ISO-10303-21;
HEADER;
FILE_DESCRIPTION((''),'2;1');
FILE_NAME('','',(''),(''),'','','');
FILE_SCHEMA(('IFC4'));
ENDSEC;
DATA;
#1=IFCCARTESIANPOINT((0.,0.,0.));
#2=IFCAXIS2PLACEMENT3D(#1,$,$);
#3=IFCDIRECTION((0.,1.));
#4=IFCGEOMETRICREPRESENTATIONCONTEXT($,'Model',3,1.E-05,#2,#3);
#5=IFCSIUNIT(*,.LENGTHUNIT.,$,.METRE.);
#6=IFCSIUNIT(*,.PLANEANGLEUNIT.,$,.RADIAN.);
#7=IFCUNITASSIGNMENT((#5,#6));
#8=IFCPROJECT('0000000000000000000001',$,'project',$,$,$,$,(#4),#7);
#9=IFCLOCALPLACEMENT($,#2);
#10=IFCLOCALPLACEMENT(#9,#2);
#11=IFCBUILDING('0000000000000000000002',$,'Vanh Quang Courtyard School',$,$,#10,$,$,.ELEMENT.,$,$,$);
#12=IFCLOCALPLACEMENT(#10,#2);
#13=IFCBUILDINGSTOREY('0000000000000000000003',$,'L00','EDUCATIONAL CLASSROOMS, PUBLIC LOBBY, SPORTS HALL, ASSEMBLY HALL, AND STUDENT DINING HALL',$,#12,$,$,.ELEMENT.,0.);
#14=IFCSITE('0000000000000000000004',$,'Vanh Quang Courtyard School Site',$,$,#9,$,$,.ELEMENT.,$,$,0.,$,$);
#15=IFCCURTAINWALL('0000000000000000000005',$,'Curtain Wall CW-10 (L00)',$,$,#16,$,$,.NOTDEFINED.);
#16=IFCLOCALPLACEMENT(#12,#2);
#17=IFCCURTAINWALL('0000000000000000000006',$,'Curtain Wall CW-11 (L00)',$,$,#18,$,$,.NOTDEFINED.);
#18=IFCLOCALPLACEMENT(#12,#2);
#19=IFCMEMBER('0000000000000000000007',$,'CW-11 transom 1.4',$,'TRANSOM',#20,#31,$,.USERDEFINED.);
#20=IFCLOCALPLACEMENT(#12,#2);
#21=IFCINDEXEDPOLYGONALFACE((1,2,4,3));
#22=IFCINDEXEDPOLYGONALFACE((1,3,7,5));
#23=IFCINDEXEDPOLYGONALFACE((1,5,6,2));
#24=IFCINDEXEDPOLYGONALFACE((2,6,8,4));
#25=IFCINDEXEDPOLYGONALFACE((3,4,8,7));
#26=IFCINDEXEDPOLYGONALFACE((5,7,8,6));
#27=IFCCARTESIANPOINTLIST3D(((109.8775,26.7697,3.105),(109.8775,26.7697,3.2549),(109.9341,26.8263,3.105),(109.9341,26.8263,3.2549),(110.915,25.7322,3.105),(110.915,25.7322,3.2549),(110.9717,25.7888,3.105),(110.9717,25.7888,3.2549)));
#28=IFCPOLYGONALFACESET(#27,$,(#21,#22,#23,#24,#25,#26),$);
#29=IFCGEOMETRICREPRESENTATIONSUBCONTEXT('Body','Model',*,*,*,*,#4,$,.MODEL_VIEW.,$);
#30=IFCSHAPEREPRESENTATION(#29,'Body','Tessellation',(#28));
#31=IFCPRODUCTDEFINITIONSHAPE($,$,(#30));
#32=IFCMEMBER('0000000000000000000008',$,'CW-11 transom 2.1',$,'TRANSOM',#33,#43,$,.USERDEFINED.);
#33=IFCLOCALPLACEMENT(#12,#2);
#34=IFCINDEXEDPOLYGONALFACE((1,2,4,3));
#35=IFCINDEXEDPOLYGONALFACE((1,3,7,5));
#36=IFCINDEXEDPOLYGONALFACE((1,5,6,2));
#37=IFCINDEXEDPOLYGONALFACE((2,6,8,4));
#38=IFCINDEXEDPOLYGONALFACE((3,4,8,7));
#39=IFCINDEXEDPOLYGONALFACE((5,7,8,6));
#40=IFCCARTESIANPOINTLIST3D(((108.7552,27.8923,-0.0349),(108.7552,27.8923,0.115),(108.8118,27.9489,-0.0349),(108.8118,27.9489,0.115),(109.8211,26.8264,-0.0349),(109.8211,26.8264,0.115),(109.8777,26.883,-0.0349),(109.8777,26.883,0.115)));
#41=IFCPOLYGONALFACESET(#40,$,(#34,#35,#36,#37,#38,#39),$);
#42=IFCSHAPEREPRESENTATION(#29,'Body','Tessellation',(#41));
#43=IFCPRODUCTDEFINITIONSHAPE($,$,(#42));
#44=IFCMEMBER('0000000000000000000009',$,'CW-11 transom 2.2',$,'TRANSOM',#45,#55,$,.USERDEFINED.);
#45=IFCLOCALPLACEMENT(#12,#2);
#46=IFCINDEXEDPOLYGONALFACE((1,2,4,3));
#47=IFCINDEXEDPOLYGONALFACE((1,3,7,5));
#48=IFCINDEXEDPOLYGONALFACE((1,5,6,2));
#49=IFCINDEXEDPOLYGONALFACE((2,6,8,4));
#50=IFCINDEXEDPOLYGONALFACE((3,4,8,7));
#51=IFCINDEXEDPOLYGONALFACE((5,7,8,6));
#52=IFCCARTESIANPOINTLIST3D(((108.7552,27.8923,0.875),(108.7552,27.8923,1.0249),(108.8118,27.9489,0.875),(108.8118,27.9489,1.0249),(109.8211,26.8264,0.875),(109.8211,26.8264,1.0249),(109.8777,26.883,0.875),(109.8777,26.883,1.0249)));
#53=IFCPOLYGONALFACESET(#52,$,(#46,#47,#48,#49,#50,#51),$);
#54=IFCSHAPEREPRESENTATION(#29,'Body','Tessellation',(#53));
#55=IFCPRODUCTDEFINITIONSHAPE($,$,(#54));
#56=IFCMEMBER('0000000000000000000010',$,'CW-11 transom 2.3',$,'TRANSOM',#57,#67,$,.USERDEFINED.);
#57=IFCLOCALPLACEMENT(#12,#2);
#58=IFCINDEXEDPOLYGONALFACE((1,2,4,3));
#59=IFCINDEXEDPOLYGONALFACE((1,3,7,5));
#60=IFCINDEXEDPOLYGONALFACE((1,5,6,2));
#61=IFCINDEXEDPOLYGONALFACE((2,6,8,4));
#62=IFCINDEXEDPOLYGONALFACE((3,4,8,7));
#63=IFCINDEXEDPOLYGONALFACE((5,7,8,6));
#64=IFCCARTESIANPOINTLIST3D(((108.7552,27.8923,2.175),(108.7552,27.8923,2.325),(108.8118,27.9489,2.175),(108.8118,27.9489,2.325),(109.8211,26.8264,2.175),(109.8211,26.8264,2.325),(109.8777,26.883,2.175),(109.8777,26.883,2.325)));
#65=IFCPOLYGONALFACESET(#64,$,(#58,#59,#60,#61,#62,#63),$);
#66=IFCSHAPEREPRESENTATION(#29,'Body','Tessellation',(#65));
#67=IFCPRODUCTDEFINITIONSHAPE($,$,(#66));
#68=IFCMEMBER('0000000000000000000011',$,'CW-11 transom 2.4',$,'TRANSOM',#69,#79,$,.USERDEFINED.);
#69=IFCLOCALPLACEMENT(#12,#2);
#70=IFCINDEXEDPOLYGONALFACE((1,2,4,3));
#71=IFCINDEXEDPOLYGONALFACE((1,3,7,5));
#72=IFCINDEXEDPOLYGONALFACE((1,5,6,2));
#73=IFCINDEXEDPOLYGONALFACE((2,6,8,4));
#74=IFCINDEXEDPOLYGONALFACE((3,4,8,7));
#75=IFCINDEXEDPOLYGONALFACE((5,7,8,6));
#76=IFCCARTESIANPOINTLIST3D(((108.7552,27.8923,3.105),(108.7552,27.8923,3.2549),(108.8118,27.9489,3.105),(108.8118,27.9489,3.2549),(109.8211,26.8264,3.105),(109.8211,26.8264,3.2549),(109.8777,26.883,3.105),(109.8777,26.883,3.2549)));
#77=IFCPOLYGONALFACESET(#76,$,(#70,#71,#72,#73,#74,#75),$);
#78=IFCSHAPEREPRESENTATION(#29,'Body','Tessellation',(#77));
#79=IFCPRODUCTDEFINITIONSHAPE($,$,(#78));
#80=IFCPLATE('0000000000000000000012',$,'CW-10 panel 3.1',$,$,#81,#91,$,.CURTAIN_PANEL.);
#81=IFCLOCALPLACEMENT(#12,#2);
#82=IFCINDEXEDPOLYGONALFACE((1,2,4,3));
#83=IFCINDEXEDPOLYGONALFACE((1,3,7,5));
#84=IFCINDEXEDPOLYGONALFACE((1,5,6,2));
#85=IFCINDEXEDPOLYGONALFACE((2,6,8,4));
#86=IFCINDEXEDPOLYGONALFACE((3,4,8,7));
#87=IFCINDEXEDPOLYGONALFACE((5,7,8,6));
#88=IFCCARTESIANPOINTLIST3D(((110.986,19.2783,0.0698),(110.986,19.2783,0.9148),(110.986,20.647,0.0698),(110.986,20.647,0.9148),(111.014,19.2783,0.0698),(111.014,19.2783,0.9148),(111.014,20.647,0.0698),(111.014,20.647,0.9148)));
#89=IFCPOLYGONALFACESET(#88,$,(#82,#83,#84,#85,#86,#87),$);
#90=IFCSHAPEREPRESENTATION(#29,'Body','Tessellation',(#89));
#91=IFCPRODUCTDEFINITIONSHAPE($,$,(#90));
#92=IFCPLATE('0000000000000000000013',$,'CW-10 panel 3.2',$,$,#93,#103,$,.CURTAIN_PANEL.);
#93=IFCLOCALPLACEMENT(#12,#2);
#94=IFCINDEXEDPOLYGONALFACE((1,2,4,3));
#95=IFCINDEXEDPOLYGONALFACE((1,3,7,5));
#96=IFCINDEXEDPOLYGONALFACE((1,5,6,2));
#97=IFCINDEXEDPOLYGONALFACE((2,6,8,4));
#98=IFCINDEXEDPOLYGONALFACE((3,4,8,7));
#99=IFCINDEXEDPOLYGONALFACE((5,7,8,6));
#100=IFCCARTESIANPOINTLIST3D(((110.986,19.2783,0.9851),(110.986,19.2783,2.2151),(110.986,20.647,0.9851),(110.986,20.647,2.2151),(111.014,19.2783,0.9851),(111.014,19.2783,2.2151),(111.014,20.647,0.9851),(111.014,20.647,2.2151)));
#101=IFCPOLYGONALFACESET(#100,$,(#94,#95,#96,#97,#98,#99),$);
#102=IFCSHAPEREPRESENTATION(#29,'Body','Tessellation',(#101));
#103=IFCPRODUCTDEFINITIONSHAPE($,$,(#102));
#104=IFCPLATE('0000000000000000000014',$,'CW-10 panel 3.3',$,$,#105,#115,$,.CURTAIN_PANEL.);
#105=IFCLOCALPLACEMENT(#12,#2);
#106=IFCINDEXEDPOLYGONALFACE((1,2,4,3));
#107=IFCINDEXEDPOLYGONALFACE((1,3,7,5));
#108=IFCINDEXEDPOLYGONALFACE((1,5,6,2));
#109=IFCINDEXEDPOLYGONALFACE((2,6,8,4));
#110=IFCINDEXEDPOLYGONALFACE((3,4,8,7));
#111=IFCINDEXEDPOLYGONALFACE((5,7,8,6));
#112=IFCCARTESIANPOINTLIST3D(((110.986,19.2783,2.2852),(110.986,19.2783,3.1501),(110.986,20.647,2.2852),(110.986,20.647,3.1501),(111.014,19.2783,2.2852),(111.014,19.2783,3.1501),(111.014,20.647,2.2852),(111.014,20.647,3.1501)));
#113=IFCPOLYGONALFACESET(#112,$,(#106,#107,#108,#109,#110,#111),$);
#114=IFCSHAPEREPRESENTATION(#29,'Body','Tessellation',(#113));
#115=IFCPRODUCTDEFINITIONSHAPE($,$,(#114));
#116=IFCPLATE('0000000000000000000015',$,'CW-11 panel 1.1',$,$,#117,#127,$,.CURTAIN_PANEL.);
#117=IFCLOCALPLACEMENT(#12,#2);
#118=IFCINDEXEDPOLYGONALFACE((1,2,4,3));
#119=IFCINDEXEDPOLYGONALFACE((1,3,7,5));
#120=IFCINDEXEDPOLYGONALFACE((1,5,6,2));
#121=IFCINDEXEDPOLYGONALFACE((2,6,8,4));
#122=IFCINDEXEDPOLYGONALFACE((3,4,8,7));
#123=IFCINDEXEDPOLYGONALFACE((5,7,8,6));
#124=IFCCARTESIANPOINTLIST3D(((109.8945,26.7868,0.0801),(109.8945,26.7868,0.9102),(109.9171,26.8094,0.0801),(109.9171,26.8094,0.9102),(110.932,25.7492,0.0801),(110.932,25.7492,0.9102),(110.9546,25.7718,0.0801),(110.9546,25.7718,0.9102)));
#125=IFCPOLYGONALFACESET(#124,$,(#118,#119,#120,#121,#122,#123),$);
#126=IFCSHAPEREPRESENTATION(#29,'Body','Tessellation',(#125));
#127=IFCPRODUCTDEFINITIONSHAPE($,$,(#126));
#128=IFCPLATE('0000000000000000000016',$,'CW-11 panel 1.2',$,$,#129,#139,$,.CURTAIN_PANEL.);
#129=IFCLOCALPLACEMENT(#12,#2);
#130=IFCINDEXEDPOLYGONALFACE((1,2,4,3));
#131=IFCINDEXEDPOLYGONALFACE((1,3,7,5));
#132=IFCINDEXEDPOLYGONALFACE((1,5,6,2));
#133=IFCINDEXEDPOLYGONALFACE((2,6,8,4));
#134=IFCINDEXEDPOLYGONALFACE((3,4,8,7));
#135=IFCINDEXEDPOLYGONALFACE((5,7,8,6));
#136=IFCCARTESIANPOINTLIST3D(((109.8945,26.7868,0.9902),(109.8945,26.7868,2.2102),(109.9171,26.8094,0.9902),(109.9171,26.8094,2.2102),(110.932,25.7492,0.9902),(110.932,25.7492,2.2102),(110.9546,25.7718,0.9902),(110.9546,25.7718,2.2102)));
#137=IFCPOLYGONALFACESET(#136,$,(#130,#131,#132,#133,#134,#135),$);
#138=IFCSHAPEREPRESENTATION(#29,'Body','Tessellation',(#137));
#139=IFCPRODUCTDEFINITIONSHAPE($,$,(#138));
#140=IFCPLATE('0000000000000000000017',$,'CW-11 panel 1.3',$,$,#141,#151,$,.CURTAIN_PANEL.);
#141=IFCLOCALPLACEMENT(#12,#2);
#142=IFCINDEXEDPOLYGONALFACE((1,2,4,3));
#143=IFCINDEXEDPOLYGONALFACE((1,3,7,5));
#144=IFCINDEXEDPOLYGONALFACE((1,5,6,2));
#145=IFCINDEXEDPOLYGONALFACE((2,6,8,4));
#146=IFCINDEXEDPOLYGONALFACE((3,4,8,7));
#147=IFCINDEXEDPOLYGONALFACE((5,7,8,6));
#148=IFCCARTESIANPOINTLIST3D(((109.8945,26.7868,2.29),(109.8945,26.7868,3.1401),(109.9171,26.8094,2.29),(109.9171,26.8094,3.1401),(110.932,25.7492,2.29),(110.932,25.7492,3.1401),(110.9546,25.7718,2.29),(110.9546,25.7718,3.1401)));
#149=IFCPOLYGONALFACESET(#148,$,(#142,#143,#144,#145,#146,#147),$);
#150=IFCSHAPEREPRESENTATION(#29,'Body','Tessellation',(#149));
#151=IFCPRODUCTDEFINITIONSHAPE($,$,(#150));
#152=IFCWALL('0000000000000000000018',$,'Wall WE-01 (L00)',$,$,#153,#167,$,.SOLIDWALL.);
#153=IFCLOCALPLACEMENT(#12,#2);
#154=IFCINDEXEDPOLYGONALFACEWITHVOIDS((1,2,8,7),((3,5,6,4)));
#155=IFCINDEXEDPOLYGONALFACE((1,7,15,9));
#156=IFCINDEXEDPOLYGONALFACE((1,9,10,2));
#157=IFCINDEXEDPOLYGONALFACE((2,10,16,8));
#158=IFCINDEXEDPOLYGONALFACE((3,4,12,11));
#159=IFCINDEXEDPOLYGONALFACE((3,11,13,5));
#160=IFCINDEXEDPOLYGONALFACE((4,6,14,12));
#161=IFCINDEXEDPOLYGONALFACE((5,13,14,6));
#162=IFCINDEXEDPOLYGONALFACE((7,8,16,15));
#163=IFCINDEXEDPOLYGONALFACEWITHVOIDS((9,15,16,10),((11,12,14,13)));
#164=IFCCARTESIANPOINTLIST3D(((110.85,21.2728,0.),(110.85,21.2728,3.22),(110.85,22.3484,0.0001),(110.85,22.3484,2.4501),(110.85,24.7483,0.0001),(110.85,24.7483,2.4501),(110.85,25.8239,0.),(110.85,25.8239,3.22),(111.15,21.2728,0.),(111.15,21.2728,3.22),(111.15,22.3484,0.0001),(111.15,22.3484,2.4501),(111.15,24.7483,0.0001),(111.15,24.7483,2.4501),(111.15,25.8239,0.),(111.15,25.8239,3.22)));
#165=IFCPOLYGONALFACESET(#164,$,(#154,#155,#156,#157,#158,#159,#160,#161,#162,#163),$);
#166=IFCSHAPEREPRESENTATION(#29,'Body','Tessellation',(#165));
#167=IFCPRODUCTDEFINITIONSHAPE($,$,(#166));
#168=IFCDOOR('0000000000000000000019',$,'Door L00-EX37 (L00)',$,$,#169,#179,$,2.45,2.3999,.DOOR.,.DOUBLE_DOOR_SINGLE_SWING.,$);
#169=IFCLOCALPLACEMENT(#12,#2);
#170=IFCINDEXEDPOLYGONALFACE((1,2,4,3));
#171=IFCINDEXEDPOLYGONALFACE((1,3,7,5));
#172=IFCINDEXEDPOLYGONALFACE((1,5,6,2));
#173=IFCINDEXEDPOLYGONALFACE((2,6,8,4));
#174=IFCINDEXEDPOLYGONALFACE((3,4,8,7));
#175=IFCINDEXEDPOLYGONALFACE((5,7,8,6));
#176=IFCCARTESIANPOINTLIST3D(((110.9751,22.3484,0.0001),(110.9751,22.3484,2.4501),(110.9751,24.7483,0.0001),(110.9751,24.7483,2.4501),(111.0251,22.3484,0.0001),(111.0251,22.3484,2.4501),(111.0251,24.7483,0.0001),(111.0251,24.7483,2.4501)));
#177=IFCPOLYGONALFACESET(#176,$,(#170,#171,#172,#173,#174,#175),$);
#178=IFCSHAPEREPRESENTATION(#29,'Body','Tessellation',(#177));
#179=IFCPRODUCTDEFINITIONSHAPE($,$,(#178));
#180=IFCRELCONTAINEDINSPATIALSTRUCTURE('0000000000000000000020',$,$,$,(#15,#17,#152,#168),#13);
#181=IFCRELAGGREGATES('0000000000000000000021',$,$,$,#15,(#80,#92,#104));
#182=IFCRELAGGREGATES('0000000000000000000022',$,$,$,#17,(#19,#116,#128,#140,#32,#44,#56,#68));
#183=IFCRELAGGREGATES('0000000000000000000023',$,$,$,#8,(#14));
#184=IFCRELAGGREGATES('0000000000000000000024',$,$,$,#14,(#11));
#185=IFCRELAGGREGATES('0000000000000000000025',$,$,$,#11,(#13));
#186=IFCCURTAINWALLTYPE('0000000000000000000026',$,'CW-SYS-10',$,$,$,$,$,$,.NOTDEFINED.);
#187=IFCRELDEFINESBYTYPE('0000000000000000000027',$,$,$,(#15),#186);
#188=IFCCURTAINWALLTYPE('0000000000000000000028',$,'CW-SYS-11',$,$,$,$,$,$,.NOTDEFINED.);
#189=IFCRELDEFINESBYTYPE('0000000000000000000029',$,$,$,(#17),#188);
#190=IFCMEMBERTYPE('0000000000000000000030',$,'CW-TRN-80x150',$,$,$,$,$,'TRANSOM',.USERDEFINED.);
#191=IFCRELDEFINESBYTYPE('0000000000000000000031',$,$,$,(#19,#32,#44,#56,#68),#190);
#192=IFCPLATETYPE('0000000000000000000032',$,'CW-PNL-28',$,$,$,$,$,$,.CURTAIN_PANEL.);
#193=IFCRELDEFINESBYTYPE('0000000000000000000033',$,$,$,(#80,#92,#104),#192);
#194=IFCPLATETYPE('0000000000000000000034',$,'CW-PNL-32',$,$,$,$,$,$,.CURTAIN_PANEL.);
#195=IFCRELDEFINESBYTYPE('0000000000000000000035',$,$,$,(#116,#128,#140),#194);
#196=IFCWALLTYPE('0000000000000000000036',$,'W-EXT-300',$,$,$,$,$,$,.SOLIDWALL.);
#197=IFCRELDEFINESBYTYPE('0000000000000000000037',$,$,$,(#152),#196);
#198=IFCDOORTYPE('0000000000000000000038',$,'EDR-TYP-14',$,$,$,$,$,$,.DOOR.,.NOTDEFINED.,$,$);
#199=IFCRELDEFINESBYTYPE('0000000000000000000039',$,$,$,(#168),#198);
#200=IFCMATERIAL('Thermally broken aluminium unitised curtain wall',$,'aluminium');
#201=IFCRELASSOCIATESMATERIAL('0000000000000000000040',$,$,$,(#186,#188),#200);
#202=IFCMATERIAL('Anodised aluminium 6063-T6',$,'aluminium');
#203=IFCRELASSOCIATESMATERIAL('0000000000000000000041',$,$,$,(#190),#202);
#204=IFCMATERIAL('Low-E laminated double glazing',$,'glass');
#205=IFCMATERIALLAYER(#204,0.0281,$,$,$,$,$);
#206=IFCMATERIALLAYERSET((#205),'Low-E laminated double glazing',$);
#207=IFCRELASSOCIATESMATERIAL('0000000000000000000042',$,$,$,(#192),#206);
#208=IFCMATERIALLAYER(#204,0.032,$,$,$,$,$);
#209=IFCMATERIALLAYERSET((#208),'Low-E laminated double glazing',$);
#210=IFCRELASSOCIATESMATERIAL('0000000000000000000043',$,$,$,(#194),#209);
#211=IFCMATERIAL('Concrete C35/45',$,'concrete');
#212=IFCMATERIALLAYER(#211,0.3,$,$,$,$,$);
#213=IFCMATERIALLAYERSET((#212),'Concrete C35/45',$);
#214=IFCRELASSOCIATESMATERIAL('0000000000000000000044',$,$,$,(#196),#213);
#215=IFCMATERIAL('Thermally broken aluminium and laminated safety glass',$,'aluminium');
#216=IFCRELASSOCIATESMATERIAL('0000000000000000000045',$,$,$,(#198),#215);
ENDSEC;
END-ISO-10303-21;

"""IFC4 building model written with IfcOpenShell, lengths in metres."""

from ifc_helpers import new_model, si_unit, direction, frame, frame_2d, origin, origin_2d, place, context, subcontext, project, spatial, rectangle, extrude, material, layer, layer_set, material_profile, profile_set, type_object, element, fill, aggregate, save


model = new_model("IFC4")

# Units and contexts
model_context = context("Model", 3, precision=1e-05, world=origin(), true_north=direction((0.0, 1.0)))
body_context = subcontext(model_context, "Body", "Model", "MODEL_VIEW")
ifc_project = project(units=[si_unit("LENGTHUNIT", "METRE"), si_unit("PLANEANGLEUNIT", "RADIAN")], contexts=[model_context])

# Site, building, storey
site_placement = place(None, origin())
site = spatial("IfcSite", under=ifc_project, at=site_placement, Name="Vanh Quang Courtyard School Site", CompositionType="ELEMENT", RefElevation=0.0)
building_placement = place(site_placement, origin())
building = spatial("IfcBuilding", under=site, at=building_placement, Name="Vanh Quang Courtyard School", CompositionType="ELEMENT")
storey_placement = place(building_placement, origin())
storey = spatial("IfcBuildingStorey", under=building, at=storey_placement, Name="L00", Description="EDUCATIONAL CLASSROOMS, PUBLIC LOBBY, SPORTS HALL, ASSEMBLY HALL, AND STUDENT DINING HALL", CompositionType="ELEMENT", Elevation=0.0)

# Shared definitions
ifc_material_1 = material(Name="Concrete C35/45", Category="concrete")

# Curtain wall
ifc_material_2 = material(Name="Thermally broken aluminium unitised curtain wall", Category="aluminium")
curtain_wall_type_1 = type_object("IfcCurtainWallType", Name="CW-SYS-10", PredefinedType="NOTDEFINED", material=ifc_material_2)
curtain_wall_1_placement = place(storey_placement, origin())
curtain_wall_1 = element("IfcCurtainWall", 1, at=curtain_wall_1_placement, inside=storey, type_object=curtain_wall_type_1, Name="Curtain Wall CW-10 (L00)", PredefinedType="NOTDEFINED")
ifc_material_3 = material(Name="Anodised aluminium 6063-T6", Category="aluminium")

# Curtain wall
curtain_wall_type_2 = type_object("IfcCurtainWallType", Name="CW-SYS-11", PredefinedType="NOTDEFINED", material=ifc_material_2)
curtain_wall_2_placement = place(storey_placement, origin())
curtain_wall_2 = element("IfcCurtainWall", 2, at=curtain_wall_2_placement, inside=storey, type_object=curtain_wall_type_2, Name="Curtain Wall CW-11 (L00)", PredefinedType="NOTDEFINED")

# Members
ifc_material_profile_1 = material_profile(ifc_material_3, rectangle(XDim=0.0801, YDim=0.1499, at=origin_2d()), Name="ALU-TRN 80x150")
ifc_profile_set_1 = profile_set([ifc_material_profile_1], Name="Anodised aluminium 6063-T6")
member_type_1 = type_object("IfcMemberType", Name="CW-TRN-80x150", ElementType="TRANSOM", PredefinedType="USERDEFINED", material=ifc_profile_set_1)
member_1_placement = place(storey_placement, frame((110.9434, 25.7605, 3.1799), z_axis=(-0.707107, 0.707107, 0.0), x_axis=(-0.707107, -0.707107, 0.0)))
member_1 = element("IfcMember", 3, at=member_1_placement, type_object=member_type_1, Name="CW-11 transom 1.4", ObjectType="TRANSOM", PredefinedType="USERDEFINED", context=body_context, shape_type="SweptSolid", body=[
    extrude(rectangle(XDim=0.0801, YDim=0.1499, at=origin_2d()), origin(), (0.0, 0.0, 1.0), 1.4673),
])
member_2_placement = place(storey_placement, frame((109.8494, 26.8547, 0.04), z_axis=(-0.707107, 0.707107, 0.0), x_axis=(-0.707107, -0.707107, 0.0)))
member_2 = element("IfcMember", 4, at=member_2_placement, type_object=member_type_1, Name="CW-11 transom 2.1", ObjectType="TRANSOM", PredefinedType="USERDEFINED", context=body_context, shape_type="SweptSolid", body=[
    extrude(rectangle(XDim=0.0801, YDim=0.1499, at=origin_2d()), origin(), (0.0, 0.0, 1.0), 1.5073),
])
member_3_placement = place(storey_placement, frame((109.8494, 26.8547, 0.95), z_axis=(-0.707107, 0.707107, 0.0), x_axis=(-0.707107, -0.707107, 0.0)))
member_3 = element("IfcMember", 5, at=member_3_placement, type_object=member_type_1, Name="CW-11 transom 2.2", ObjectType="TRANSOM", PredefinedType="USERDEFINED", context=body_context, shape_type="SweptSolid", body=[
    extrude(rectangle(XDim=0.0801, YDim=0.1499, at=origin_2d()), origin(), (0.0, 0.0, 1.0), 1.5073),
])
member_4_placement = place(storey_placement, frame((109.8494, 26.8547, 2.25), z_axis=(-0.707107, 0.707107, 0.0), x_axis=(-0.707107, -0.707107, 0.0)))
member_4 = element("IfcMember", 6, at=member_4_placement, type_object=member_type_1, Name="CW-11 transom 2.3", ObjectType="TRANSOM", PredefinedType="USERDEFINED", context=body_context, shape_type="SweptSolid", body=[
    extrude(rectangle(XDim=0.0801, YDim=0.1499, at=origin_2d()), origin(), (0.0, 0.0, 1.0), 1.5073),
])
member_5_placement = place(storey_placement, frame((109.8494, 26.8547, 3.1799), z_axis=(-0.707107, 0.707107, 0.0), x_axis=(-0.707107, -0.707107, 0.0)))
member_5 = element("IfcMember", 7, at=member_5_placement, type_object=member_type_1, Name="CW-11 transom 2.4", ObjectType="TRANSOM", PredefinedType="USERDEFINED", context=body_context, shape_type="SweptSolid", body=[
    extrude(rectangle(XDim=0.0801, YDim=0.1499, at=origin_2d()), origin(), (0.0, 0.0, 1.0), 1.5073),
])

# Plates
ifc_material_4 = material(Name="Low-E laminated double glazing", Category="glass")
ifc_layer_1 = layer(ifc_material_4, 0.0281)
ifc_layer_set_1 = layer_set([ifc_layer_1], Name="Low-E laminated double glazing")
plate_type_1 = type_object("IfcPlateType", Name="CW-PNL-28", PredefinedType="CURTAIN_PANEL", material=ifc_layer_set_1)
plate_1_placement = place(storey_placement, frame((111.0, 19.9626, 0.0698), z_axis=(0.0, 0.0, 1.0), x_axis=(0.0, 1.0, 0.0)))
plate_1 = element("IfcPlate", 8, at=plate_1_placement, type_object=plate_type_1, Name="CW-10 panel 3.1", PredefinedType="CURTAIN_PANEL", context=body_context, shape_type="SweptSolid", body=[
    extrude(rectangle(XDim=1.3687, YDim=0.0281, at=origin_2d()), origin(), (0.0, 0.0, 1.0), 0.845),
])
plate_2_placement = place(storey_placement, frame((111.0, 19.9626, 0.9851), z_axis=(0.0, 0.0, 1.0), x_axis=(0.0, 1.0, 0.0)))
plate_2 = element("IfcPlate", 9, at=plate_2_placement, type_object=plate_type_1, Name="CW-10 panel 3.2", PredefinedType="CURTAIN_PANEL", context=body_context, shape_type="SweptSolid", body=[
    extrude(rectangle(XDim=1.3687, YDim=0.0281, at=origin_2d()), origin(), (0.0, 0.0, 1.0), 1.23),
])
plate_3_placement = place(storey_placement, frame((111.0, 19.9626, 2.2852), z_axis=(0.0, 0.0, 1.0), x_axis=(0.0, 1.0, 0.0)))
plate_3 = element("IfcPlate", 10, at=plate_3_placement, type_object=plate_type_1, Name="CW-10 panel 3.3", PredefinedType="CURTAIN_PANEL", context=body_context, shape_type="SweptSolid", body=[
    extrude(rectangle(XDim=1.3687, YDim=0.0281, at=origin_2d()), origin(), (0.0, 0.0, 1.0), 0.865),
])
aggregate(curtain_wall_1, [plate_1, plate_2, plate_3])
ifc_layer_2 = layer(ifc_material_4, 0.032)
ifc_layer_set_2 = layer_set([ifc_layer_2], Name="Low-E laminated double glazing")
plate_type_2 = type_object("IfcPlateType", Name="CW-PNL-32", PredefinedType="CURTAIN_PANEL", material=ifc_layer_set_2)
plate_4_placement = place(storey_placement, frame((110.4246, 26.2793, 0.0801), z_axis=(0.0, 0.0, 1.0), x_axis=(-0.707107, 0.707107, 0.0)))
plate_4 = element("IfcPlate", 11, at=plate_4_placement, type_object=plate_type_2, Name="CW-11 panel 1.1", PredefinedType="CURTAIN_PANEL", context=body_context, shape_type="SweptSolid", body=[
    extrude(rectangle(XDim=1.4673, YDim=0.032, at=origin_2d()), origin(), (0.0, 0.0, 1.0), 0.8301),
])
plate_5_placement = place(storey_placement, frame((110.4246, 26.2793, 0.9902), z_axis=(0.0, 0.0, 1.0), x_axis=(-0.707107, 0.707107, 0.0)))
plate_5 = element("IfcPlate", 12, at=plate_5_placement, type_object=plate_type_2, Name="CW-11 panel 1.2", PredefinedType="CURTAIN_PANEL", context=body_context, shape_type="SweptSolid", body=[
    extrude(rectangle(XDim=1.4673, YDim=0.032, at=origin_2d()), origin(), (0.0, 0.0, 1.0), 1.22),
])
plate_6_placement = place(storey_placement, frame((110.4246, 26.2793, 2.29), z_axis=(0.0, 0.0, 1.0), x_axis=(-0.707107, 0.707107, 0.0)))
plate_6 = element("IfcPlate", 13, at=plate_6_placement, type_object=plate_type_2, Name="CW-11 panel 1.3", PredefinedType="CURTAIN_PANEL", context=body_context, shape_type="SweptSolid", body=[
    extrude(rectangle(XDim=1.4673, YDim=0.032, at=origin_2d()), origin(), (0.0, 0.0, 1.0), 0.8501),
])
aggregate(curtain_wall_2, [member_1, plate_4, plate_5, plate_6, member_2, member_3, member_4, member_5])

# Wall, opening, door
ifc_layer_3 = layer(ifc_material_1, 0.3)
ifc_layer_set_3 = layer_set([ifc_layer_3], Name="Concrete C35/45")
wall_type_1 = type_object("IfcWallType", Name="W-EXT-300", PredefinedType="SOLIDWALL", material=ifc_layer_set_3)
wall_1_placement = place(storey_placement, frame((111.0, 21.2729, 0.0), z_axis=(0.0, 0.0, 1.0), x_axis=(0.0, 1.0, 0.0)))
wall_1 = element("IfcWall", 14, at=wall_1_placement, inside=storey, type_object=wall_type_1, Name="Wall WE-01 (L00)", PredefinedType="SOLIDWALL", context=body_context, shape_type="SweptSolid", body=[
    extrude(rectangle(XDim=4.551, YDim=0.3, at=frame_2d((2.2754, 0.0))), origin(), (0.0, 0.0, 1.0), 3.22),
])
opening_placement = place(wall_1_placement, frame((1.0754, 0.0, 0.0)))
opening = element("IfcOpeningElement", 15, at=opening_placement, cuts=wall_1, PredefinedType="OPENING", context=body_context, shape_type="SweptSolid", body=[
    extrude(rectangle(XDim=2.3999, YDim=2.45, at=frame_2d((1.2, 1.2251))), frame((0.0, 0.1602, 0.0), z_axis=(0.0, -1.0, 0.0), x_axis=(1.0, 0.0, 0.0)), (0.0, 0.0, 1.0), 0.3201),
])
ifc_material_5 = material(Name="Thermally broken aluminium and laminated safety glass", Category="aluminium")
door_type = type_object("IfcDoorType", Name="EDR-TYP-14", OperationType="NOTDEFINED", PredefinedType="DOOR", material=ifc_material_5)
door_placement = place(opening_placement, origin())
door = element("IfcDoor", 16, at=door_placement, inside=storey, type_object=door_type, Name="Door L00-EX37 (L00)", OperationType="DOUBLE_DOOR_SINGLE_SWING", OverallHeight=2.45, OverallWidth=2.3999, PredefinedType="DOOR", context=body_context, shape_type="SweptSolid", body=[
    extrude(rectangle(XDim=2.3999, YDim=2.45, at=frame_2d((1.2, 1.2251))), frame((0.0, 0.0249, 0.0), z_axis=(0.0, -1.0, 0.0), x_axis=(1.0, 0.0, 0.0)), (0.0, 0.0, 1.0), 0.05),
])
fill(opening, door)

save(model, "model.ifc")
